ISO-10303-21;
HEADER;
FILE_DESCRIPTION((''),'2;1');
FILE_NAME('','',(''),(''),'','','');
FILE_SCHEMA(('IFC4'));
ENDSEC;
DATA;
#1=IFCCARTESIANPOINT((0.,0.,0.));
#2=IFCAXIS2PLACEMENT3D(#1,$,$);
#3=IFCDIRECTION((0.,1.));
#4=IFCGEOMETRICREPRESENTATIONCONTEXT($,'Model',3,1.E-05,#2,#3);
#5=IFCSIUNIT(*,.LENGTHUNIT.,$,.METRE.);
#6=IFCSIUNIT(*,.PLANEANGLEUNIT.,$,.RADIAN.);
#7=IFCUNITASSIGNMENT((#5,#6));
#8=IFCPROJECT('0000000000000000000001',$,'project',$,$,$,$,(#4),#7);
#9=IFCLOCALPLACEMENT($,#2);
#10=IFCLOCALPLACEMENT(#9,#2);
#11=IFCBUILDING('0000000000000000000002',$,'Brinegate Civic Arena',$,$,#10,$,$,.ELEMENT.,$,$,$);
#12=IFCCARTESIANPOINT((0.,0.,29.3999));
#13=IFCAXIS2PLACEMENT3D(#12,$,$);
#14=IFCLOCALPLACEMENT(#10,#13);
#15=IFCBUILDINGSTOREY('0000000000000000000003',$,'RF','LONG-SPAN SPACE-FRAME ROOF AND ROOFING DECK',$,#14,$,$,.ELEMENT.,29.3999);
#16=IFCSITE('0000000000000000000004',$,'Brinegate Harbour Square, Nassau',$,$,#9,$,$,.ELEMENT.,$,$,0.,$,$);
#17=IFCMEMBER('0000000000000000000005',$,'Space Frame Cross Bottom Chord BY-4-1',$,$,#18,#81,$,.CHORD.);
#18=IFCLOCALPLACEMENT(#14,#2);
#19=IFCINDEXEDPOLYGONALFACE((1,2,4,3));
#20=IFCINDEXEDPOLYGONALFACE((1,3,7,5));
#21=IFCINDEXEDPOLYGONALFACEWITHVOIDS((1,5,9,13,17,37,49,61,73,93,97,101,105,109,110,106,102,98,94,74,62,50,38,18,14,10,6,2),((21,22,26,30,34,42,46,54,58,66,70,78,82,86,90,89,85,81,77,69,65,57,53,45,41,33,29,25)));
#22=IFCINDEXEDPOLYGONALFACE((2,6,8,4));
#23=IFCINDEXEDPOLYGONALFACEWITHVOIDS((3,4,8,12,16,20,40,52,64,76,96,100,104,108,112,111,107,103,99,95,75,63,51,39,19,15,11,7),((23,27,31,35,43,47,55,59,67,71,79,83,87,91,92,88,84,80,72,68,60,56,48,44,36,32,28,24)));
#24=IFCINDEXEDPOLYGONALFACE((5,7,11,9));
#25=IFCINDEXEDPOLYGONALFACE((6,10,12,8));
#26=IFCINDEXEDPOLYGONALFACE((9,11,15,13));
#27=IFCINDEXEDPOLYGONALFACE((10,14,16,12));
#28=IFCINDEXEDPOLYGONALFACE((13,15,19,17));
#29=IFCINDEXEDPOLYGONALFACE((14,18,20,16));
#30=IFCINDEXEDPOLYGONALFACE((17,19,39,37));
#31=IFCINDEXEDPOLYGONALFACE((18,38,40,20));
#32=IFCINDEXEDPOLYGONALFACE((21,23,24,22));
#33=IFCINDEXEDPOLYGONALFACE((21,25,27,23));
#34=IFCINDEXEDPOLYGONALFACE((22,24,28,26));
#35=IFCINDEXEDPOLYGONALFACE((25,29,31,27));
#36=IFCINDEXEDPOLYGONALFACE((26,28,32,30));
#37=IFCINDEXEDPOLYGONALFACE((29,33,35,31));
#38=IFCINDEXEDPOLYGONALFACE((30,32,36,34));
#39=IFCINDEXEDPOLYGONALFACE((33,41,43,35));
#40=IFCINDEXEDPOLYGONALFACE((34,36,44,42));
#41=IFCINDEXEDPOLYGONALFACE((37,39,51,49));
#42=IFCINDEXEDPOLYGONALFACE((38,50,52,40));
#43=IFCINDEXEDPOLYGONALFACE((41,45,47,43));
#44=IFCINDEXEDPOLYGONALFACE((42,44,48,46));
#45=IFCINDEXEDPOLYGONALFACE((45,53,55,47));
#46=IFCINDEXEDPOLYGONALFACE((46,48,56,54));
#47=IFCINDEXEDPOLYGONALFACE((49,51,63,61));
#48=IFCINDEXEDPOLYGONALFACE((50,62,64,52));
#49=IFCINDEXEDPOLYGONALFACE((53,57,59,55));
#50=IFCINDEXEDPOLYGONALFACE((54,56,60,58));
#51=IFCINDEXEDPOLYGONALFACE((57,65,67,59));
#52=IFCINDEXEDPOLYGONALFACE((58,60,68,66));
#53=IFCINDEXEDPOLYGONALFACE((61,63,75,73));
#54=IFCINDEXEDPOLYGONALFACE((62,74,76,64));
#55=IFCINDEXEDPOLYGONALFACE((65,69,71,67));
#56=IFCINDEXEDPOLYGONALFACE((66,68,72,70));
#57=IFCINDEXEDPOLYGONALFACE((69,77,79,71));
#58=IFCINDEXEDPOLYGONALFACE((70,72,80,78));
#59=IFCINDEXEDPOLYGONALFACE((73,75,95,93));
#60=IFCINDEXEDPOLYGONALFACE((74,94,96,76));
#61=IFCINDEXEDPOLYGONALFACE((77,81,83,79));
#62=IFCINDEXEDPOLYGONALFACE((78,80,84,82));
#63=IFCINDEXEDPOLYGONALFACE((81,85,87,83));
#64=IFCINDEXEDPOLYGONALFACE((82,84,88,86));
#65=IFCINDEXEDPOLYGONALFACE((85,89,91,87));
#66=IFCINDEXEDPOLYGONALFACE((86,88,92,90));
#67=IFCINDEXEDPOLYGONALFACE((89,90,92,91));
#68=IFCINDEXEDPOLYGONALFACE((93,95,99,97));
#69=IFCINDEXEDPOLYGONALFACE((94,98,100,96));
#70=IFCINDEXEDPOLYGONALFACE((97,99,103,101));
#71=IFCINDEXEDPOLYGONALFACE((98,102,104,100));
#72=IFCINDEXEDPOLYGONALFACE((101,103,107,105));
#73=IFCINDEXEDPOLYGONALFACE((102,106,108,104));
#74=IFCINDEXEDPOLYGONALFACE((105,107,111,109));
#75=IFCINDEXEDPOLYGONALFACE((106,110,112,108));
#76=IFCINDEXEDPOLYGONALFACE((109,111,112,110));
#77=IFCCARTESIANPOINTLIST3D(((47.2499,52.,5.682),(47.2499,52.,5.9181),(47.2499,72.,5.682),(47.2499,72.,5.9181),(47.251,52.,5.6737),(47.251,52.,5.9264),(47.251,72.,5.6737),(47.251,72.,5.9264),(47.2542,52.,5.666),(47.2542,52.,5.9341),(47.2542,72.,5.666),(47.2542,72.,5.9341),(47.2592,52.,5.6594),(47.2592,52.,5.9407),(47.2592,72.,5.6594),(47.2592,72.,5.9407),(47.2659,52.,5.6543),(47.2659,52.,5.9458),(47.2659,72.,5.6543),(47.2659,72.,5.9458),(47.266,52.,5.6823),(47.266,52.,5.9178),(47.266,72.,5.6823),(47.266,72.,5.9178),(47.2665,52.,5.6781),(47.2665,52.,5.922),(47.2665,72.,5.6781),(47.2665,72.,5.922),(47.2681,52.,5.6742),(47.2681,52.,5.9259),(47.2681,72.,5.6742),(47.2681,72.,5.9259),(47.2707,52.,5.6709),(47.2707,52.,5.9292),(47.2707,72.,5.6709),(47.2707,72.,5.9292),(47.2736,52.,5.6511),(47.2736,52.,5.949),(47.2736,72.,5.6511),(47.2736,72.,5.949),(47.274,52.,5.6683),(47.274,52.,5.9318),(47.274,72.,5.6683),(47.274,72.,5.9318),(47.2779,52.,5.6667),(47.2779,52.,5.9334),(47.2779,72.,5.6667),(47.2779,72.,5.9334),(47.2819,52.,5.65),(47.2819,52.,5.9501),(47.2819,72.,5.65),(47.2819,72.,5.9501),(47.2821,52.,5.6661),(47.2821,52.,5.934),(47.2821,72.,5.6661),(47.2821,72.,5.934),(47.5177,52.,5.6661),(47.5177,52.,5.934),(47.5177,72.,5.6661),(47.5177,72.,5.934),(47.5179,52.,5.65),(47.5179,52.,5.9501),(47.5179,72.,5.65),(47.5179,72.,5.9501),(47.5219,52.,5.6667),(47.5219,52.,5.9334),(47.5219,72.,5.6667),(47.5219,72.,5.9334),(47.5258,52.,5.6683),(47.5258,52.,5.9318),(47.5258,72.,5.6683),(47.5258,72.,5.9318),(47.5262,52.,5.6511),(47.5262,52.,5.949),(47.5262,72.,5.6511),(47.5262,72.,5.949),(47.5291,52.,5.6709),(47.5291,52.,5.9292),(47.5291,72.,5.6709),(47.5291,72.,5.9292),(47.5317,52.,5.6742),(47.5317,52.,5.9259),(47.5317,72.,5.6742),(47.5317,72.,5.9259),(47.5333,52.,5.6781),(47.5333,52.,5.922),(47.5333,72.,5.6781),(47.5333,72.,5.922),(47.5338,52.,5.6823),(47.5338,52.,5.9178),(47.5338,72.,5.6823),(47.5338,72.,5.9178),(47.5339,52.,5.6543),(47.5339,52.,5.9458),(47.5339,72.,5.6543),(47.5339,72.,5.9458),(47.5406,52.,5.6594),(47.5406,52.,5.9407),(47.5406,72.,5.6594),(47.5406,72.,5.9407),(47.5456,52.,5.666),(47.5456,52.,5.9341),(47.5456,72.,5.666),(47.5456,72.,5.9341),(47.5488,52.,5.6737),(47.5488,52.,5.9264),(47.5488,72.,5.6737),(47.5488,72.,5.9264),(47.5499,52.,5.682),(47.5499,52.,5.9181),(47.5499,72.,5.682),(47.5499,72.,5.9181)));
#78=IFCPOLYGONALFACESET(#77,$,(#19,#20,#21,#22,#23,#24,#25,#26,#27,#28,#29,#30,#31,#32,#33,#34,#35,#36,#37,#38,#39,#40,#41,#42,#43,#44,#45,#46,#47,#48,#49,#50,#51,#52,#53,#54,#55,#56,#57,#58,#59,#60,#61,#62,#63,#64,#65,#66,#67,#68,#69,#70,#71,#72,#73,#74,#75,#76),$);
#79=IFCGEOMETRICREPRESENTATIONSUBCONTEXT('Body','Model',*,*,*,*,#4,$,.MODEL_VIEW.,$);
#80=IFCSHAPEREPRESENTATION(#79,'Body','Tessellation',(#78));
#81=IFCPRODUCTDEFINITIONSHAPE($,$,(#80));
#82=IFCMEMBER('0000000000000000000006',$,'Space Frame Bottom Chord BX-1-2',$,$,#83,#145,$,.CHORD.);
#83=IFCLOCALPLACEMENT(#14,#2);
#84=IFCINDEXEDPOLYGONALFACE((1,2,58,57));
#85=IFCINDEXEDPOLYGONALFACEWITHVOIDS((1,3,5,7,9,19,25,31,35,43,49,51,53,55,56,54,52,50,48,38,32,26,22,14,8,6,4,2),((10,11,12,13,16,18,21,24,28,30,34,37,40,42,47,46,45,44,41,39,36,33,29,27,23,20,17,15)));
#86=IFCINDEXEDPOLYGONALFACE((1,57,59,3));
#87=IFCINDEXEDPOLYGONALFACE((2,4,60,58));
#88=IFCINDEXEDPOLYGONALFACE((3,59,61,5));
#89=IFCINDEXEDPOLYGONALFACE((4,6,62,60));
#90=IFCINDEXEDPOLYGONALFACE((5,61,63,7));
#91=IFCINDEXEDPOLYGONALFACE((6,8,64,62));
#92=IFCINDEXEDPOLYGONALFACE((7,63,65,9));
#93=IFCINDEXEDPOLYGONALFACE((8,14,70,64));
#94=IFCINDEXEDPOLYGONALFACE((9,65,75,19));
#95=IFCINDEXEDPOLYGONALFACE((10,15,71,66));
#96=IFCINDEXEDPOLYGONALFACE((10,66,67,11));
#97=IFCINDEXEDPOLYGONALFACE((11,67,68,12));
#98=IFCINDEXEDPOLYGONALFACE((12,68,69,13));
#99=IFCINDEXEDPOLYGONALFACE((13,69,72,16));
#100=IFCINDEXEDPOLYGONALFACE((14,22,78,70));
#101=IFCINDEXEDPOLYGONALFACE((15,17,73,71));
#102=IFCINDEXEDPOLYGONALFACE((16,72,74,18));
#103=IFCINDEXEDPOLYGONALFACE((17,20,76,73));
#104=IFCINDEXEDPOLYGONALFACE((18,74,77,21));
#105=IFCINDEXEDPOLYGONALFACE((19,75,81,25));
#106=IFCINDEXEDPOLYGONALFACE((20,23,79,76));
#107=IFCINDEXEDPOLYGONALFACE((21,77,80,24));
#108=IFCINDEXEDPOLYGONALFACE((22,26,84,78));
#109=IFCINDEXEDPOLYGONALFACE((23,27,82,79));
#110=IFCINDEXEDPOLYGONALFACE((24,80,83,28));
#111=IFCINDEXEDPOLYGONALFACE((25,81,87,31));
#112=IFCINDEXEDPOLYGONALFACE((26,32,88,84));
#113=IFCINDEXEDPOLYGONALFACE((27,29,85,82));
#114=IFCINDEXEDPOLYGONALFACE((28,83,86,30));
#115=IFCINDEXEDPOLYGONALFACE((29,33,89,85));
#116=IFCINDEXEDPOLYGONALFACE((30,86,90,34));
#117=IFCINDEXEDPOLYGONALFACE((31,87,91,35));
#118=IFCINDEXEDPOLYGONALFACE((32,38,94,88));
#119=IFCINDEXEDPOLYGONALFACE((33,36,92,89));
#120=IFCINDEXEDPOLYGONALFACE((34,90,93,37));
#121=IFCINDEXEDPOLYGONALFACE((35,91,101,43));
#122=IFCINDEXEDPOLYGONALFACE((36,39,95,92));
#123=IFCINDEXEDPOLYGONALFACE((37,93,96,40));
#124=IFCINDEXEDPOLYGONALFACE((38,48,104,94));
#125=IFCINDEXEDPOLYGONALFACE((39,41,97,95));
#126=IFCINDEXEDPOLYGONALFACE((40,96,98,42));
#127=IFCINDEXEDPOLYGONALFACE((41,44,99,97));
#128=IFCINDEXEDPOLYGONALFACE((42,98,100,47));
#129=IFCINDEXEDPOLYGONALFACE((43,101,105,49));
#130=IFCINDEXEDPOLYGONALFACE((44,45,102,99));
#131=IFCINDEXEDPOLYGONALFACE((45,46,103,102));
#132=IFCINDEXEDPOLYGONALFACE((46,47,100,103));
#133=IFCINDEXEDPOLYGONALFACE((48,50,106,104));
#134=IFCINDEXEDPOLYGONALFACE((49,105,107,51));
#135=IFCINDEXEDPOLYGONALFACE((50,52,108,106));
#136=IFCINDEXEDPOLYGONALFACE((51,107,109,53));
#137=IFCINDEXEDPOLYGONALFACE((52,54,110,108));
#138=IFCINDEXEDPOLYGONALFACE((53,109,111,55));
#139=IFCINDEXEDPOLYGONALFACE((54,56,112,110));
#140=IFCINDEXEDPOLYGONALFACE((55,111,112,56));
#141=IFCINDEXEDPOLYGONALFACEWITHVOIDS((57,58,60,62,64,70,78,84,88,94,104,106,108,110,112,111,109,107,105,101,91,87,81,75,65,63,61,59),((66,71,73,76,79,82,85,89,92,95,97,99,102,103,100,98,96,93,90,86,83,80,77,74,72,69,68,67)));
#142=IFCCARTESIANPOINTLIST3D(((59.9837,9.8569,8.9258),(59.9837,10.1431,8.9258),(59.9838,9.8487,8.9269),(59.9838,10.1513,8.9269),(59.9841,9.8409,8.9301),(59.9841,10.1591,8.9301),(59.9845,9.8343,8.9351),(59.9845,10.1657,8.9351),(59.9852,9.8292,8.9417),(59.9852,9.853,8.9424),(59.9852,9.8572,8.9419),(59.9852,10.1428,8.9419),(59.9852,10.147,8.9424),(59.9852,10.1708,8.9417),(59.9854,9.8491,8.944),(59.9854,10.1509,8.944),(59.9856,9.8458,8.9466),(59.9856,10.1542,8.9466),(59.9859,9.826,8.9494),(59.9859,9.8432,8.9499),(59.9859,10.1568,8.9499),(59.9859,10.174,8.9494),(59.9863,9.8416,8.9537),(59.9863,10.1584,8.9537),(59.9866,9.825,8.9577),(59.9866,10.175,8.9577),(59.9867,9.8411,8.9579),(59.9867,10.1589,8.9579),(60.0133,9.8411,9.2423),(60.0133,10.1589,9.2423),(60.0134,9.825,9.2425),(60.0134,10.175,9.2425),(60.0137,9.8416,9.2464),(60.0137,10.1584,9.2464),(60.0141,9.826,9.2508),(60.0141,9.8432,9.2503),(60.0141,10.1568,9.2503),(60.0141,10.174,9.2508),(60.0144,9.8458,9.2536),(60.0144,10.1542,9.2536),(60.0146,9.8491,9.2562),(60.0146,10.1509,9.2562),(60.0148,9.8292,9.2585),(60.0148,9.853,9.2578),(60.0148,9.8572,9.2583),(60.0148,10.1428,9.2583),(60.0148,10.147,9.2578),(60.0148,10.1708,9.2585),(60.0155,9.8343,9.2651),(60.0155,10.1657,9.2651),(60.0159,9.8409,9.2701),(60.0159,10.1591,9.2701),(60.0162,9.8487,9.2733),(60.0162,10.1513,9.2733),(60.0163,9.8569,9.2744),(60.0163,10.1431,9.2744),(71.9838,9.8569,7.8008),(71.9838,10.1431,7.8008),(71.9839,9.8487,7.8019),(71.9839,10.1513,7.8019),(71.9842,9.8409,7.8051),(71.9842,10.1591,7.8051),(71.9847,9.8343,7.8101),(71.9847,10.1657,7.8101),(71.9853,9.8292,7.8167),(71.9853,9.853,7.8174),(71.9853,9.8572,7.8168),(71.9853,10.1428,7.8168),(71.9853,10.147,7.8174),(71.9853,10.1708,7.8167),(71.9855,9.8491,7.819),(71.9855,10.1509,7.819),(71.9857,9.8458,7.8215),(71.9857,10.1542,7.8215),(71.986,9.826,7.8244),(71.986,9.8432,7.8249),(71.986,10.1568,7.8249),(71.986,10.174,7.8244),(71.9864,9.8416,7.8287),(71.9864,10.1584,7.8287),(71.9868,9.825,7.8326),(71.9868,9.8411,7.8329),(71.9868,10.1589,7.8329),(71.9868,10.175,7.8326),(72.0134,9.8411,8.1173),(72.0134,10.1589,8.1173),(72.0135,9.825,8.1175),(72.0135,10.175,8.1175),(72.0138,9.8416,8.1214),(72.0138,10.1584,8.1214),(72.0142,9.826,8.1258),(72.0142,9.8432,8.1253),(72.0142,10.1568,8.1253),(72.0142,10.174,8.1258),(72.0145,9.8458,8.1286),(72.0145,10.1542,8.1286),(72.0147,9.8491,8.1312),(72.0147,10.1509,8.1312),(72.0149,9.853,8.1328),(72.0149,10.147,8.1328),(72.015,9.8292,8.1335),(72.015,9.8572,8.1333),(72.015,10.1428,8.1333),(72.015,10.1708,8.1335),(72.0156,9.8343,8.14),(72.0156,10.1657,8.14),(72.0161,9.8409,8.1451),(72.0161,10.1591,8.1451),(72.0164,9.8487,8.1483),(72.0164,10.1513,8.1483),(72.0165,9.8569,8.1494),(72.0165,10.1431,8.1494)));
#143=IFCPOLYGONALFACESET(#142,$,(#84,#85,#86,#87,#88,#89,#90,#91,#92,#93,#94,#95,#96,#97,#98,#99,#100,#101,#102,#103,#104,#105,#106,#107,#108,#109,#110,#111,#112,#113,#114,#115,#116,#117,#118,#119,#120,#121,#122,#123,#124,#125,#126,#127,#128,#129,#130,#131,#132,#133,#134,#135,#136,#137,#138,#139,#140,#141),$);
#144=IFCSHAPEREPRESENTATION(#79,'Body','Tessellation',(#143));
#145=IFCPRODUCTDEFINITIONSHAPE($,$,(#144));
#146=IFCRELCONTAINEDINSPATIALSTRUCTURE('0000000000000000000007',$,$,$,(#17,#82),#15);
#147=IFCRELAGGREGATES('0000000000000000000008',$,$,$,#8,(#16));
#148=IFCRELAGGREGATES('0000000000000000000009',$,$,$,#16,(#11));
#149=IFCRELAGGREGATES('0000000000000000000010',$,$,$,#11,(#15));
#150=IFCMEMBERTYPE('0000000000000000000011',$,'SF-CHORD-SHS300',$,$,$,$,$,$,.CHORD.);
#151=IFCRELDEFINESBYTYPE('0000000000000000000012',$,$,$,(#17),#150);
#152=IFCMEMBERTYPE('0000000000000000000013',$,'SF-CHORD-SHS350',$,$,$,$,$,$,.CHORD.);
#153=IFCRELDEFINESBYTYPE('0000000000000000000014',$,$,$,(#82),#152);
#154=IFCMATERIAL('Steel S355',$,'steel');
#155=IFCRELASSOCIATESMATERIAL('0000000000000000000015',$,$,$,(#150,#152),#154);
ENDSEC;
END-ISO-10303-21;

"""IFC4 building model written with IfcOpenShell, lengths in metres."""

from ifc_helpers import new_model, si_unit, direction, frame, origin, origin_2d, place, context, subcontext, project, spatial, hollow_rectangle, extrude, material, material_profile, profile_set, type_object, element, save


model = new_model("IFC4")

# Units and contexts
model_context = context("Model", 3, precision=1e-05, world=origin(), true_north=direction((0.0, 1.0)))
body_context = subcontext(model_context, "Body", "Model", "MODEL_VIEW")
ifc_project = project(units=[si_unit("LENGTHUNIT", "METRE"), si_unit("PLANEANGLEUNIT", "RADIAN")], contexts=[model_context])

# Site, building, storey
site_placement = place(None, origin())
site = spatial("IfcSite", under=ifc_project, at=site_placement, Name="Brinegate Harbour Square, Nassau", CompositionType="ELEMENT", RefElevation=0.0)
building_placement = place(site_placement, origin())
building = spatial("IfcBuilding", under=site, at=building_placement, Name="Brinegate Civic Arena", CompositionType="ELEMENT")
storey_placement = place(building_placement, frame((0.0, 0.0, 29.3999)))
storey = spatial("IfcBuildingStorey", under=building, at=storey_placement, Name="RF", Description="LONG-SPAN SPACE-FRAME ROOF AND ROOFING DECK", CompositionType="ELEMENT", Elevation=29.3999)

# Shared definitions
ifc_material_1 = material(Name="Steel S355", Category="steel")

# Members
ifc_material_profile_1 = material_profile(ifc_material_1, hollow_rectangle(XDim=0.3, YDim=0.3, WallThickness=0.0161, InnerFilletRadius=0.0161, OuterFilletRadius=0.032, at=origin_2d()), Name="SHS300X16")
ifc_profile_set_1 = profile_set([ifc_material_profile_1], Name="Steel S355")
member_type_1 = type_object("IfcMemberType", Name="SF-CHORD-SHS300", PredefinedType="CHORD", material=ifc_profile_set_1)
member_1_placement = place(storey_placement, frame((47.3999, 52.0, 5.8), z_axis=(0.0, 1.0, 0.0), x_axis=(-1.0, 0.0, 0.0)))
element("IfcMember", 1, at=member_1_placement, inside=storey, type_object=member_type_1, Name="Space Frame Cross Bottom Chord BY-4-1", PredefinedType="CHORD", context=body_context, shape_type="SweptSolid", body=[
    extrude(hollow_rectangle(XDim=0.3, YDim=0.3, WallThickness=0.0161, InnerFilletRadius=0.0161, OuterFilletRadius=0.032, at=origin_2d()), origin(), (0.0, 0.0, 1.0), 20.0),
])
ifc_material_profile_2 = material_profile(ifc_material_1, hollow_rectangle(XDim=0.3501, YDim=0.3501, WallThickness=0.0161, InnerFilletRadius=0.0161, OuterFilletRadius=0.032, at=origin_2d()), Name="SHS350X16")
ifc_profile_set_2 = profile_set([ifc_material_profile_2], Name="Steel S355")
member_type_2 = type_object("IfcMemberType", Name="SF-CHORD-SHS350", PredefinedType="CHORD", material=ifc_profile_set_2)
member_2_placement = place(storey_placement, frame((60.0, 10.0, 9.1001), z_axis=(0.995634, 0.0, -0.093341), x_axis=(0.0, 1.0, 0.0)))
element("IfcMember", 2, at=member_2_placement, inside=storey, type_object=member_type_2, Name="Space Frame Bottom Chord BX-1-2", PredefinedType="CHORD", context=body_context, shape_type="SweptSolid", body=[
    extrude(hollow_rectangle(XDim=0.3501, YDim=0.3501, WallThickness=0.0161, InnerFilletRadius=0.0161, OuterFilletRadius=0.032, at=origin_2d()), origin(), (0.0, 0.0, 1.0), 12.0527),
])

save(model, "model.ifc")
